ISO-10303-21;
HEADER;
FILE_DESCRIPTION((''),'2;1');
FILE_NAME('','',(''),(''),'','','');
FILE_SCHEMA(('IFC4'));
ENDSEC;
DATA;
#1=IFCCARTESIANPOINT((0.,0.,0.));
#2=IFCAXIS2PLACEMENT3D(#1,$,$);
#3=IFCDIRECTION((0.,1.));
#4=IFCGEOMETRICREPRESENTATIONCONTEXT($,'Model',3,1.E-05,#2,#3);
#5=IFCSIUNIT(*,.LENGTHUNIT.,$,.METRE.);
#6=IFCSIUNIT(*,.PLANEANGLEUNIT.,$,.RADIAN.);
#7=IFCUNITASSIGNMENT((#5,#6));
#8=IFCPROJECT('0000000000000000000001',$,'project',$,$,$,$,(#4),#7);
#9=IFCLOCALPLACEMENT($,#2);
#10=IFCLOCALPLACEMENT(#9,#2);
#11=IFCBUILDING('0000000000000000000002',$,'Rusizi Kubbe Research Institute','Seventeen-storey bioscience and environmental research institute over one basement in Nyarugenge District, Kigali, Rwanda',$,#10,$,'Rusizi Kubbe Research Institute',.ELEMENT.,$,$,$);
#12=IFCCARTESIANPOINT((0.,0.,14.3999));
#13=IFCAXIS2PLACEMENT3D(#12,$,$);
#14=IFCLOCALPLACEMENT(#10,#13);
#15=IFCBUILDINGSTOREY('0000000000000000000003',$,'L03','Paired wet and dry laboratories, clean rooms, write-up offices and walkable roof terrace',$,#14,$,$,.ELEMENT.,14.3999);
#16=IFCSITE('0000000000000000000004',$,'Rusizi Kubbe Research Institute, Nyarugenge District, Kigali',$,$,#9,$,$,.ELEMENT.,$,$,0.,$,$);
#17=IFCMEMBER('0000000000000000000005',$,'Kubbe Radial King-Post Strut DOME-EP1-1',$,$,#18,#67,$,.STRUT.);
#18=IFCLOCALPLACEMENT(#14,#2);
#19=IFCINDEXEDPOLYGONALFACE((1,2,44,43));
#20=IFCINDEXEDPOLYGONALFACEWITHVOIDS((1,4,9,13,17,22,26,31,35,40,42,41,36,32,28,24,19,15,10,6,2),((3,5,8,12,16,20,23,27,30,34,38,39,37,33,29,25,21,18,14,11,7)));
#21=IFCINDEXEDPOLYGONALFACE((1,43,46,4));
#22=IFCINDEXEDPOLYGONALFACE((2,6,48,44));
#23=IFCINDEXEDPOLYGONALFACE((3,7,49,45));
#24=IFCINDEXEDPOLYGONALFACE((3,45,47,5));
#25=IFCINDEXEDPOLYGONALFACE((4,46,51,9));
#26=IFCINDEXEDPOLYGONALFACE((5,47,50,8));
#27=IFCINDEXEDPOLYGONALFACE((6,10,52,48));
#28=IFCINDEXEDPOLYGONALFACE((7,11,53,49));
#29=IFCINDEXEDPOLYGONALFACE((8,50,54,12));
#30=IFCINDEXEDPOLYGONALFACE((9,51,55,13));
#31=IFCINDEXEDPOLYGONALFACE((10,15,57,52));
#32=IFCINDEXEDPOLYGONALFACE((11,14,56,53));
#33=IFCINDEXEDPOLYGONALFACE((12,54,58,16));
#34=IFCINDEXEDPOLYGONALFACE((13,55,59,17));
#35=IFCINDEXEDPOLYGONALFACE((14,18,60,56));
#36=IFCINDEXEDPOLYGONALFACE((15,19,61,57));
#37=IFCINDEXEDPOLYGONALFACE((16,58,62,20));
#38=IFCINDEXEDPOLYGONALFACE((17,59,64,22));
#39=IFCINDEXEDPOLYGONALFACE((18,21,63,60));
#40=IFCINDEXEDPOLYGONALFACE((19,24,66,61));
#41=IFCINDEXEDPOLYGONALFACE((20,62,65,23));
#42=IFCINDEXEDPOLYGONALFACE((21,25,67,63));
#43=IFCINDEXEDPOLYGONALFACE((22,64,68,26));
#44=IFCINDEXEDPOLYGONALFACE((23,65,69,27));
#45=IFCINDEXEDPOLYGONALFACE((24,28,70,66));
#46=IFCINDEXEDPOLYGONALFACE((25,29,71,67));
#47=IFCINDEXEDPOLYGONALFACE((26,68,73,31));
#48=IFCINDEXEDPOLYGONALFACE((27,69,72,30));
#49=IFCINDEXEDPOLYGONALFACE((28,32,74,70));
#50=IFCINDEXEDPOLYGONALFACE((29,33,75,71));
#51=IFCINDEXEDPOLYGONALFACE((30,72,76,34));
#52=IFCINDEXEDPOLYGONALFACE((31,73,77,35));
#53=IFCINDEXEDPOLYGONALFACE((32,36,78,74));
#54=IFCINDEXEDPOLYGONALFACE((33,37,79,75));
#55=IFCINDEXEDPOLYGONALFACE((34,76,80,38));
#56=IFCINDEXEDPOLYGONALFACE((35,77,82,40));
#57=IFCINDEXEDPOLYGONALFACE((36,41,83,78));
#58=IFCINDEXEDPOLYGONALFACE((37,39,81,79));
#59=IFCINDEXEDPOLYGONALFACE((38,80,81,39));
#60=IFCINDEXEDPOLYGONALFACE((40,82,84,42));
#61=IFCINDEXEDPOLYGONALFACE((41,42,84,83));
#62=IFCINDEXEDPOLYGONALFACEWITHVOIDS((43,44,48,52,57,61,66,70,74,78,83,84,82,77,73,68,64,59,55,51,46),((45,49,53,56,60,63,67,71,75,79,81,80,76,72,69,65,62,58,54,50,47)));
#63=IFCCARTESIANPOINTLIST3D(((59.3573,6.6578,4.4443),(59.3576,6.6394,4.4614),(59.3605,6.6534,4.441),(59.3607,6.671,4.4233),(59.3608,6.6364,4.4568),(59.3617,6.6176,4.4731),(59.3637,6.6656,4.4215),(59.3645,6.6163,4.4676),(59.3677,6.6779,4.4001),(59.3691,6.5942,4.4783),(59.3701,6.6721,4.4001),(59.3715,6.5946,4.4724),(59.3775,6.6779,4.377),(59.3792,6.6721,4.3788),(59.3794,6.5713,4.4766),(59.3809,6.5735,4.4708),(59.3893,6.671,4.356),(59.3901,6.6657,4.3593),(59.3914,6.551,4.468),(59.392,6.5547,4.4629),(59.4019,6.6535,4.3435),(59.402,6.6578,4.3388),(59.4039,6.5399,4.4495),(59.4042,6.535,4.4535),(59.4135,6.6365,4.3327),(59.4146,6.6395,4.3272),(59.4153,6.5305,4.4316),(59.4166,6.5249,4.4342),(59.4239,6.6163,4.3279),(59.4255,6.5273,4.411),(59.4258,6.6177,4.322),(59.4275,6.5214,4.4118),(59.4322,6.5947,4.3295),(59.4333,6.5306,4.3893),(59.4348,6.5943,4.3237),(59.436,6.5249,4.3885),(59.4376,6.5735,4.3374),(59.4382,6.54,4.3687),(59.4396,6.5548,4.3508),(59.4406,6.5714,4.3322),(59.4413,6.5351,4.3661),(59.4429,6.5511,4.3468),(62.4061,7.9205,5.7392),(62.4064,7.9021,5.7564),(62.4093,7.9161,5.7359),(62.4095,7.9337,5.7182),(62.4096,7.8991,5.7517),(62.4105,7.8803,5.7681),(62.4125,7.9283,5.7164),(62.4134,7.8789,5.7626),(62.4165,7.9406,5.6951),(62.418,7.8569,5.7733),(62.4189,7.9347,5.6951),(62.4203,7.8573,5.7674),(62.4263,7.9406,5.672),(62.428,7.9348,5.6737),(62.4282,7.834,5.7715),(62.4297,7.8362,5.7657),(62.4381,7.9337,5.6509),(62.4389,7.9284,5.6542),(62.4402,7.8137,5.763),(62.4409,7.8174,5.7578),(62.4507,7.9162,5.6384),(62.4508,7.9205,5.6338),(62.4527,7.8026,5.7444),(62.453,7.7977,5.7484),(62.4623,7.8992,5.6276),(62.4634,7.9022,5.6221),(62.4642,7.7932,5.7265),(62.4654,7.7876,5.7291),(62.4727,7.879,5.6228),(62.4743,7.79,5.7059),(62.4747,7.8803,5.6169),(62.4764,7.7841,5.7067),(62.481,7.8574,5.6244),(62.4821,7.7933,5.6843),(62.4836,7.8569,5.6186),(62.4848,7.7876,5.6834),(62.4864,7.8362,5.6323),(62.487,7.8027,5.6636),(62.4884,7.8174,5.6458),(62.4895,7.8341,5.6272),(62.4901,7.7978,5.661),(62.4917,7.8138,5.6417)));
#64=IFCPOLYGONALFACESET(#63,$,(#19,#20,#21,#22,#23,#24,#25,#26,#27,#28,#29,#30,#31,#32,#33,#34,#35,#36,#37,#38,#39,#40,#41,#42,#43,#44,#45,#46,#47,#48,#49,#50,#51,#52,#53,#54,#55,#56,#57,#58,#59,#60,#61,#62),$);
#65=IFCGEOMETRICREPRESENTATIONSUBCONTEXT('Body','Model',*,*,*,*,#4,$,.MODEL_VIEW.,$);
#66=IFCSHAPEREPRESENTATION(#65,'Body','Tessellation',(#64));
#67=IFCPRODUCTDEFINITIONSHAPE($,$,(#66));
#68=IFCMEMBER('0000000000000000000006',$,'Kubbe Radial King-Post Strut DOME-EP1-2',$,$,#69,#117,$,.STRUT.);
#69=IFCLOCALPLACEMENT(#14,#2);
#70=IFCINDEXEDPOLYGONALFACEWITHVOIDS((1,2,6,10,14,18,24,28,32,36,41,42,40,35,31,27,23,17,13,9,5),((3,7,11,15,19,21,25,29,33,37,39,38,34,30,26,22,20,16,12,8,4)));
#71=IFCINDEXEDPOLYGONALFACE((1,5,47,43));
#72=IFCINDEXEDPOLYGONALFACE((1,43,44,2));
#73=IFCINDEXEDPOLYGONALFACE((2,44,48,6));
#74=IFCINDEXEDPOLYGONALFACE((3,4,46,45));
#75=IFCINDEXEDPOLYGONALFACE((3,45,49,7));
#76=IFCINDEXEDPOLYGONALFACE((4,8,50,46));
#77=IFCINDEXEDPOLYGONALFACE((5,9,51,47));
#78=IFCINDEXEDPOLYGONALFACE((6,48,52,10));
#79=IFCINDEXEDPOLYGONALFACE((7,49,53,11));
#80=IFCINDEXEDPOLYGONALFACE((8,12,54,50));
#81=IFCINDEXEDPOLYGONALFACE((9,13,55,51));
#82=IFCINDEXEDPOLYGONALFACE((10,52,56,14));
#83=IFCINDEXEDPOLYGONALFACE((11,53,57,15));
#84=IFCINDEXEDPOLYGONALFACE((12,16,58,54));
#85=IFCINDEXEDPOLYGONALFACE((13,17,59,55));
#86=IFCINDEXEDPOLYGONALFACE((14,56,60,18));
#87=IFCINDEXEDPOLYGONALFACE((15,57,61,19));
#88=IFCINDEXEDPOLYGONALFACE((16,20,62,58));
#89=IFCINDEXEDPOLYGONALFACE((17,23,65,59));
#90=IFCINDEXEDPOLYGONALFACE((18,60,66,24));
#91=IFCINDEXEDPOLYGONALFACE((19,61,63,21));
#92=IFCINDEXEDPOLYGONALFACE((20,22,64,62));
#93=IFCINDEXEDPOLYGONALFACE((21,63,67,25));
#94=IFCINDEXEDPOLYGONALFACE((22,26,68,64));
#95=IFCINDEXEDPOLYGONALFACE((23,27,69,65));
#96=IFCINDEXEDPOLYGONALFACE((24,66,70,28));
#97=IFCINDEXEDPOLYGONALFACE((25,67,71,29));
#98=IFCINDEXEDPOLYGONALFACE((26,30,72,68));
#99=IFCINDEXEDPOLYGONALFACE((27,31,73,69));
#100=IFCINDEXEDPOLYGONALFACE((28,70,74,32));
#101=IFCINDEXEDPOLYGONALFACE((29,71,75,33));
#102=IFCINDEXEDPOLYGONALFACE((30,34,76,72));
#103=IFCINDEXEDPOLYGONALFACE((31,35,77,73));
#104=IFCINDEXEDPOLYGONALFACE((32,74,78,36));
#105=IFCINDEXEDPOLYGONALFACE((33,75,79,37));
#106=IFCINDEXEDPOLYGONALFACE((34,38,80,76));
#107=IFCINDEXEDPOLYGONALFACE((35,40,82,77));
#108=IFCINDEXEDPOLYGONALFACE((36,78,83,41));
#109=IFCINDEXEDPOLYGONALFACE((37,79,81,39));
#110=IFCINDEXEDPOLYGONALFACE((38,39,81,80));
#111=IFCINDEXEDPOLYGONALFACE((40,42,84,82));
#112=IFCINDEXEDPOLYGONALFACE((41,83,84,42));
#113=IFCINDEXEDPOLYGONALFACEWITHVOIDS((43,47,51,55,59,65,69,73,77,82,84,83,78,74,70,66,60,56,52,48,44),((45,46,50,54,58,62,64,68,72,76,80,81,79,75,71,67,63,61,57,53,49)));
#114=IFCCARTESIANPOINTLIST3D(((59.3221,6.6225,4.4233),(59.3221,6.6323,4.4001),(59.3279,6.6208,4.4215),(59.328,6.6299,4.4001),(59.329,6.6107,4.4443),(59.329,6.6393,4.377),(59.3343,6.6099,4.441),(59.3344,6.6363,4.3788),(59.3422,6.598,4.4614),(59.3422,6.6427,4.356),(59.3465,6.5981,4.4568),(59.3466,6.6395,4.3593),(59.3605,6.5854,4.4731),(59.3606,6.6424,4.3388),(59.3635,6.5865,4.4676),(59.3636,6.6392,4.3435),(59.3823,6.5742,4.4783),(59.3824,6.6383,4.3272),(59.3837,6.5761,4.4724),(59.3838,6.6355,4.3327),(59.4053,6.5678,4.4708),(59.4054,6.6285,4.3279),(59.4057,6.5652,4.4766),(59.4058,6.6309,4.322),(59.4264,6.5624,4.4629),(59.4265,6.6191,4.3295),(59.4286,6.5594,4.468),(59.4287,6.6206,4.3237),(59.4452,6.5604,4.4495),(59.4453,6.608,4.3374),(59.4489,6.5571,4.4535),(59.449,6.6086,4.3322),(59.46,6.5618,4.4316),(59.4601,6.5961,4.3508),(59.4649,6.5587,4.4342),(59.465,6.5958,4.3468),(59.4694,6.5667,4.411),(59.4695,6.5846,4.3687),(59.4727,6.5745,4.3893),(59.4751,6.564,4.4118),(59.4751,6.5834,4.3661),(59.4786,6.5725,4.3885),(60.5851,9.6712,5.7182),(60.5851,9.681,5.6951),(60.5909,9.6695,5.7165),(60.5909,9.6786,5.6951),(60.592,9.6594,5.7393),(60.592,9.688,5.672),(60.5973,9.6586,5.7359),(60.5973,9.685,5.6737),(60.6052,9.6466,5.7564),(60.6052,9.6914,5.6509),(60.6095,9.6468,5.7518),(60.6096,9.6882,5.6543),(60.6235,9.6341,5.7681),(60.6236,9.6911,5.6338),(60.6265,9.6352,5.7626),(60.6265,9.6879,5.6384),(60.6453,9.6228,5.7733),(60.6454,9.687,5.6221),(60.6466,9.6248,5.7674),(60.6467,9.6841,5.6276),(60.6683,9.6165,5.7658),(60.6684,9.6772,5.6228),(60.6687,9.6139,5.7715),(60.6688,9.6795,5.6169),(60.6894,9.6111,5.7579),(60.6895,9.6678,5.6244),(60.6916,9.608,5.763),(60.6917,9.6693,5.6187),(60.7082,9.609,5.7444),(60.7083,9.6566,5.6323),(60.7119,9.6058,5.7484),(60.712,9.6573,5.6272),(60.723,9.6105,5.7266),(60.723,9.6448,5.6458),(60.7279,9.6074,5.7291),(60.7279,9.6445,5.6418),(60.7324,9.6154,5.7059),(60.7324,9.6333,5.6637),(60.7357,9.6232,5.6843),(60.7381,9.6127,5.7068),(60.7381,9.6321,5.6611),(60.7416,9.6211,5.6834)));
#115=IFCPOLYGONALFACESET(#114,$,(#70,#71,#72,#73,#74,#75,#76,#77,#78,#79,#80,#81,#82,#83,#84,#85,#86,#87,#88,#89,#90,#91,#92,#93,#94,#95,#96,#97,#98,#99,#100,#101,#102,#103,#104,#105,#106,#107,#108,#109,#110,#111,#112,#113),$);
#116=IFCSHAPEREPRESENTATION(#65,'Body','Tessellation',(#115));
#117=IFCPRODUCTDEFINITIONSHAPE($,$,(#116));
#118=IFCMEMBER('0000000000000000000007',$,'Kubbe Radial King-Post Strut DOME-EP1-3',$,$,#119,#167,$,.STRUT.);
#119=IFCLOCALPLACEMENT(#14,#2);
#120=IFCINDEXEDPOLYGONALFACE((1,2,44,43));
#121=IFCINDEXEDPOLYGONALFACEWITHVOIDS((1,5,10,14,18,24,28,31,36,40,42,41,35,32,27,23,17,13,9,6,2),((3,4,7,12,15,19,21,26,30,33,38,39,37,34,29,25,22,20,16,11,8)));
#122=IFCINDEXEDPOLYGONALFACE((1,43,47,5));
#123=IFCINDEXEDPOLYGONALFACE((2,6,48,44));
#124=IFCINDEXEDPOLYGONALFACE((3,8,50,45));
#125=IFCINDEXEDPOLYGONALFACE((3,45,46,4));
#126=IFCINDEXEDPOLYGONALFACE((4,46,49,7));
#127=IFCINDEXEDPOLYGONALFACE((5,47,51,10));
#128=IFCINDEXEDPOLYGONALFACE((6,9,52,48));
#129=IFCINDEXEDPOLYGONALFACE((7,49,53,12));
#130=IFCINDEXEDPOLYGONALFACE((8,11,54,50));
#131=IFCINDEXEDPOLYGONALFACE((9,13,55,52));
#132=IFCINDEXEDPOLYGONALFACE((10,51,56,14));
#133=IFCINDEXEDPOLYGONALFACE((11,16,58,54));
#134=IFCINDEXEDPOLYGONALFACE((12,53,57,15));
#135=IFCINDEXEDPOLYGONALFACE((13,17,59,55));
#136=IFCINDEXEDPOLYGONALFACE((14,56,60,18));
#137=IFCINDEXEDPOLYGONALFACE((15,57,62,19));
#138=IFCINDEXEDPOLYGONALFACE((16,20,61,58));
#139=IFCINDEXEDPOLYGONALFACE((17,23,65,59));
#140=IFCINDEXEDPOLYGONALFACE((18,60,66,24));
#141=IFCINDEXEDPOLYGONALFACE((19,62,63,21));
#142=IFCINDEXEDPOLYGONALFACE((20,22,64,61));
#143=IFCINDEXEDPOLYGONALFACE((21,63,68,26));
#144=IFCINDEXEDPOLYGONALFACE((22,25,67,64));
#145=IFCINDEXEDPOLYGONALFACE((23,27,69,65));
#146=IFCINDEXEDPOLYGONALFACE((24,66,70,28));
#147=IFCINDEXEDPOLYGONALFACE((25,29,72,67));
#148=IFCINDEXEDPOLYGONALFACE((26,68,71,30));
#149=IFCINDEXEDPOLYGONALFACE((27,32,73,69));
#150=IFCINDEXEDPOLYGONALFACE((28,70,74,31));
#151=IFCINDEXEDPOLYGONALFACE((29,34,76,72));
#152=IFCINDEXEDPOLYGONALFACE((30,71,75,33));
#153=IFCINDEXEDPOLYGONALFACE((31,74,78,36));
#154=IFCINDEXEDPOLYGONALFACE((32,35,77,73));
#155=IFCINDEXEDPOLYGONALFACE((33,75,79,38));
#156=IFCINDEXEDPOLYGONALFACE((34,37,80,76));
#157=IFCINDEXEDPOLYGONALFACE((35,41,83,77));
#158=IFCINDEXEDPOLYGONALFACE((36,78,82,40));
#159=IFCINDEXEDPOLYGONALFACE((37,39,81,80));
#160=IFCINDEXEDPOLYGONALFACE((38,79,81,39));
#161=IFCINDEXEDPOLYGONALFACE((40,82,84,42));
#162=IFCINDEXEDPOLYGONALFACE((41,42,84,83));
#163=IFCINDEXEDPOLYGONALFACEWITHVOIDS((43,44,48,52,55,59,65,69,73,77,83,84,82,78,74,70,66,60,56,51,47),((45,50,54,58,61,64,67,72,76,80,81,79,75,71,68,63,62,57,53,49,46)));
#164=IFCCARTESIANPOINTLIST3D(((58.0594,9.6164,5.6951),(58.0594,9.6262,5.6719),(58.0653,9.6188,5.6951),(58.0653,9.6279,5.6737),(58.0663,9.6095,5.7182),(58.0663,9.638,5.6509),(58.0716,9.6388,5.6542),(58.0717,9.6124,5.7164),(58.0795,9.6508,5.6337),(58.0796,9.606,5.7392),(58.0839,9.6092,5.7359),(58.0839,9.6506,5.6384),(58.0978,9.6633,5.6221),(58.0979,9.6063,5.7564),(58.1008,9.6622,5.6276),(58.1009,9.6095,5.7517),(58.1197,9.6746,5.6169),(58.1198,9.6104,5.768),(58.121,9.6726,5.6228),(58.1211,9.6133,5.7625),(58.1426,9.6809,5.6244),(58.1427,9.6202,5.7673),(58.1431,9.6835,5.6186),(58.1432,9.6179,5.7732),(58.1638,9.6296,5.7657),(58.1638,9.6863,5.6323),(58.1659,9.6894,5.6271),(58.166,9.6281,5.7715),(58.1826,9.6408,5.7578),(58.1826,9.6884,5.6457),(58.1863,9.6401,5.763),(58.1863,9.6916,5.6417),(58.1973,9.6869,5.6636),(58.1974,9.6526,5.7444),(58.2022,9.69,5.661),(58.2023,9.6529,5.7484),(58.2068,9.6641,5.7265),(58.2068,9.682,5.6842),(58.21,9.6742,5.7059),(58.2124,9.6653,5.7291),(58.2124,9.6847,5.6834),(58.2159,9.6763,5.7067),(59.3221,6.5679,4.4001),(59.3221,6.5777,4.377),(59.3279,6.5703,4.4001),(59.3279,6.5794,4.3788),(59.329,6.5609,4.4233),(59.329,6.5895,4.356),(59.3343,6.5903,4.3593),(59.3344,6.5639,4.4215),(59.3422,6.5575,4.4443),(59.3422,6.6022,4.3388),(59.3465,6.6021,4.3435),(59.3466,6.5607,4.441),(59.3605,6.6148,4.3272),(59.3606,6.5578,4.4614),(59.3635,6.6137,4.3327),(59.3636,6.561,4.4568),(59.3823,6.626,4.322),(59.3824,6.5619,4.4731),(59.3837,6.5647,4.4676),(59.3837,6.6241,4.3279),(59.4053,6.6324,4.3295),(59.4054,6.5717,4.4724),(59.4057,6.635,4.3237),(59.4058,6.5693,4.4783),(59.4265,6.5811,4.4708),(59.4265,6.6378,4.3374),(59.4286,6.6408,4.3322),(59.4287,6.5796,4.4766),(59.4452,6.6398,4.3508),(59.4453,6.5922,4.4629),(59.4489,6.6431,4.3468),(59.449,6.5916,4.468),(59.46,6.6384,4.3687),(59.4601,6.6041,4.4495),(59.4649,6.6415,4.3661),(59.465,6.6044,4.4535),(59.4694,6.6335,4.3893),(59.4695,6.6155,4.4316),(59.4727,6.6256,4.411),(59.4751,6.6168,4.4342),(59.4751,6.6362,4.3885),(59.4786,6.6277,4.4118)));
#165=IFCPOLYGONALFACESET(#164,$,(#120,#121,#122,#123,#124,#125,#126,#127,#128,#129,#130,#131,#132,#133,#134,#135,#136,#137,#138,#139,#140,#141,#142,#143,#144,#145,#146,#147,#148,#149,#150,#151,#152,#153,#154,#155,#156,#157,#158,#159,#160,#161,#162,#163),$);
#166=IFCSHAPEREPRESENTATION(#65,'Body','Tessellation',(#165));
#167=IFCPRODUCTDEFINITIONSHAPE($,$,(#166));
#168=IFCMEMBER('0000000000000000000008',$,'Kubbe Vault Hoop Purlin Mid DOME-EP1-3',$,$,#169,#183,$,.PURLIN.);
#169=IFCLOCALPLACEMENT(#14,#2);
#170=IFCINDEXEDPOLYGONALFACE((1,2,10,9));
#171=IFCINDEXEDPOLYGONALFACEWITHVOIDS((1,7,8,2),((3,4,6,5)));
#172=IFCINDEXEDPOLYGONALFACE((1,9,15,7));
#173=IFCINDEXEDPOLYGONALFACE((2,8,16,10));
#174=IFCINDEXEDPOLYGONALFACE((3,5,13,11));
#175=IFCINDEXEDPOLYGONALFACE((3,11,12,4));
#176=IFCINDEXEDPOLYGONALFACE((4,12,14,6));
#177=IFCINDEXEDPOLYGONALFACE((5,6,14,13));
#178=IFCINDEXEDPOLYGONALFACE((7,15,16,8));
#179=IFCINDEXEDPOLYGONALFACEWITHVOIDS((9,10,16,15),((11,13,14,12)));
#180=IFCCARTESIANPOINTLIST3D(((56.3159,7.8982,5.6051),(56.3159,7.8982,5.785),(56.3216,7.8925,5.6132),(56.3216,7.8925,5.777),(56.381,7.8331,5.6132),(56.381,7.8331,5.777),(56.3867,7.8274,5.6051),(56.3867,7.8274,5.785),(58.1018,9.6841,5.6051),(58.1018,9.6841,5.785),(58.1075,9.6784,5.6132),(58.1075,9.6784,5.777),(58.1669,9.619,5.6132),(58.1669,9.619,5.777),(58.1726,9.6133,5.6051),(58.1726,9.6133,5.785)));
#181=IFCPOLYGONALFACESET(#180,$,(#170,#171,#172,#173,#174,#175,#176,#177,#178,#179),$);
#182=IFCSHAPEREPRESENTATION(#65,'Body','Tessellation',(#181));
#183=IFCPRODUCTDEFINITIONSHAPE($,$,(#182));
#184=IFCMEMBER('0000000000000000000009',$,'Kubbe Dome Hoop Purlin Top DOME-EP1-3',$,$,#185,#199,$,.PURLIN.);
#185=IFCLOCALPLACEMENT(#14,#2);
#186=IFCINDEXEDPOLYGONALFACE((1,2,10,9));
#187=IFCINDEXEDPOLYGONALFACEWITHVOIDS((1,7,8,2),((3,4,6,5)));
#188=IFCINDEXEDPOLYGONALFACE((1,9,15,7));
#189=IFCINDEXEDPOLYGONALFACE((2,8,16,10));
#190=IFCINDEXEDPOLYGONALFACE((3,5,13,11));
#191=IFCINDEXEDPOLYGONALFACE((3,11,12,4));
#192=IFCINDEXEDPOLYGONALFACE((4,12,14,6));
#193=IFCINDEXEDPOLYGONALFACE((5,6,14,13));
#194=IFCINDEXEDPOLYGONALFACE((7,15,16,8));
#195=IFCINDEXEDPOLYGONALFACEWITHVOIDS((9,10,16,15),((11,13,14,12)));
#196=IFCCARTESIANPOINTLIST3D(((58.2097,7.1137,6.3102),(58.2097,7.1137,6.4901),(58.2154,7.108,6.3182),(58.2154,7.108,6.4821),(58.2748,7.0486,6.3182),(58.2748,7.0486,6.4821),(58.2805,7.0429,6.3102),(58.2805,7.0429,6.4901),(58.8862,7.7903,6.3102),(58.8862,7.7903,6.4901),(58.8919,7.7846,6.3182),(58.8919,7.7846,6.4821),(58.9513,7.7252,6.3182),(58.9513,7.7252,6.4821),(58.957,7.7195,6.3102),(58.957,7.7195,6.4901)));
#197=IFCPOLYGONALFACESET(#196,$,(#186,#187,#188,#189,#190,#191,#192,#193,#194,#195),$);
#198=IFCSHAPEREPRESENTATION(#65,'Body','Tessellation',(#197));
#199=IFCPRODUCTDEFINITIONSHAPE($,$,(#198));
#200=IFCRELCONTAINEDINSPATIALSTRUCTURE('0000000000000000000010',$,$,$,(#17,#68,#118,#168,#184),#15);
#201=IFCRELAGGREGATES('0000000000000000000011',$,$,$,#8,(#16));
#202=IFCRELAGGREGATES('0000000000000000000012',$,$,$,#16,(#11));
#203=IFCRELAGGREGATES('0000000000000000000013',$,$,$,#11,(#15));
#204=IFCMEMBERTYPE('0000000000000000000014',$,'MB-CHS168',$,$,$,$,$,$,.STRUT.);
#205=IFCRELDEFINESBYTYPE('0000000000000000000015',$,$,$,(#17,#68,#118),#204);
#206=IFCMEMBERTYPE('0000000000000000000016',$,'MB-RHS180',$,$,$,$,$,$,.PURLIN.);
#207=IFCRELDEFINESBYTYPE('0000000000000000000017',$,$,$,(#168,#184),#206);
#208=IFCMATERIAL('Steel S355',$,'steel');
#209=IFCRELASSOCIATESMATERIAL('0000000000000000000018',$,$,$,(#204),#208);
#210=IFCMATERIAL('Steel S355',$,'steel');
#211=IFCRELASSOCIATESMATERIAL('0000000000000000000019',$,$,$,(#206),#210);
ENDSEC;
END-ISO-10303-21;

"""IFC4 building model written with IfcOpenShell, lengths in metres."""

from ifc_helpers import new_model, si_unit, direction, frame, origin, origin_2d, place, context, subcontext, project, spatial, hollow_rectangle, hollow_circle, extrude, material, material_profile, profile_set, type_object, element, save


model = new_model("IFC4")

# Units and contexts
model_context = context("Model", 3, precision=1e-05, world=origin(), true_north=direction((0.0, 1.0)))
body_context = subcontext(model_context, "Body", "Model", "MODEL_VIEW")
ifc_project = project(units=[si_unit("LENGTHUNIT", "METRE"), si_unit("PLANEANGLEUNIT", "RADIAN")], contexts=[model_context])

# Site, building, storey
site_placement = place(None, origin())
site = spatial("IfcSite", under=ifc_project, at=site_placement, Name="Rusizi Kubbe Research Institute, Nyarugenge District, Kigali", CompositionType="ELEMENT", RefElevation=0.0)
building_placement = place(site_placement, origin())
building = spatial("IfcBuilding", under=site, at=building_placement, Name="Rusizi Kubbe Research Institute", Description="Seventeen-storey bioscience and environmental research institute over one basement in Nyarugenge District, Kigali, Rwanda", LongName="Rusizi Kubbe Research Institute", CompositionType="ELEMENT")
storey_placement = place(building_placement, frame((0.0, 0.0, 14.3999)))
storey = spatial("IfcBuildingStorey", under=building, at=storey_placement, Name="L03", Description="Paired wet and dry laboratories, clean rooms, write-up offices and walkable roof terrace", CompositionType="ELEMENT", Elevation=14.3999)

# Members
ifc_material_1 = material(Name="Steel S355", Category="steel")
ifc_material_profile_1 = material_profile(ifc_material_1, hollow_circle(Radius=0.0842, WallThickness=0.0063, at=origin_2d()), Name="CHS 168.3x6.3")
ifc_profile_set_1 = profile_set([ifc_material_profile_1], Name="Steel S355")
member_type_1 = type_object("IfcMemberType", Name="MB-CHS168", PredefinedType="STRUT", material=ifc_profile_set_1)
for number, where, z_axis, x_axis, name in (
    (1, (59.3999, 6.6001, 4.4001), (0.860052, 0.356197, 0.365288), (-0.382639, 0.923898, 0.0), "Kubbe Radial King-Post Strut DOME-EP1-1"),
    (2, (59.3999, 6.6001, 4.4001), (0.356278, 0.860013, 0.3653), (-0.923861, 0.382729, 0.0), "Kubbe Radial King-Post Strut DOME-EP1-2"),
):
    element("IfcMember", number, at=place(storey_placement, frame(where, z_axis=z_axis, x_axis=x_axis)), inside=storey, type_object=member_type_1, Name=name, PredefinedType="STRUT", context=body_context, shape_type="SweptSolid", body=[
        extrude(hollow_circle(Radius=0.0842, WallThickness=0.0063, at=origin_2d()), origin(), (0.0, 0.0, 1.0), 3.5449),
    ])
member_1_placement = place(storey_placement, frame((59.3999, 6.6001, 4.4001), z_axis=(-0.356218, 0.860034, 0.365309), x_axis=(-0.923887, -0.382665, 0.0)))
element("IfcMember", 3, at=member_1_placement, inside=storey, type_object=member_type_1, Name="Kubbe Radial King-Post Strut DOME-EP1-3", PredefinedType="STRUT", context=body_context, shape_type="SweptSolid", body=[
    extrude(hollow_circle(Radius=0.0842, WallThickness=0.0063, at=origin_2d()), origin(), (0.0, 0.0, 1.0), 3.5447),
])
ifc_material_2 = material(Name="Steel S355", Category="steel")
ifc_material_profile_2 = material_profile(ifc_material_2, hollow_rectangle(XDim=0.1001, YDim=0.1799, WallThickness=0.0081, at=origin_2d()), Name="RHS 180x100x8.0")
ifc_profile_set_2 = profile_set([ifc_material_profile_2], Name="Steel S355")
member_type_2 = type_object("IfcMemberType", Name="MB-RHS180", PredefinedType="PURLIN", material=ifc_profile_set_2)
member_2_placement = place(storey_placement, frame((58.1372, 9.6487, 5.6951), z_axis=(-0.707107, -0.707107, 0.0), x_axis=(0.707107, -0.707107, 0.0)))
element("IfcMember", 4, at=member_2_placement, inside=storey, type_object=member_type_2, Name="Kubbe Vault Hoop Purlin Mid DOME-EP1-3", PredefinedType="PURLIN", context=body_context, shape_type="SweptSolid", body=[
    extrude(hollow_rectangle(XDim=0.1001, YDim=0.1799, WallThickness=0.0081, at=origin_2d()), origin(), (0.0, 0.0, 1.0), 2.5256),
])
for number, where, z_axis, x_axis, name in (
    (5, (58.9216, 7.7549, 6.4001), (-0.707107, -0.707107, 0.0), (0.707107, -0.707107, 0.0), "Kubbe Dome Hoop Purlin Top DOME-EP1-3"),
):
    element("IfcMember", number, at=place(storey_placement, frame(where, z_axis=z_axis, x_axis=x_axis)), inside=storey, type_object=member_type_2, Name=name, PredefinedType="PURLIN", context=body_context, shape_type="SweptSolid", body=[
        extrude(hollow_rectangle(XDim=0.1001, YDim=0.1799, WallThickness=0.0081, at=origin_2d()), origin(), (0.0, 0.0, 1.0), 0.9568),
    ])

save(model, "model.ifc")
